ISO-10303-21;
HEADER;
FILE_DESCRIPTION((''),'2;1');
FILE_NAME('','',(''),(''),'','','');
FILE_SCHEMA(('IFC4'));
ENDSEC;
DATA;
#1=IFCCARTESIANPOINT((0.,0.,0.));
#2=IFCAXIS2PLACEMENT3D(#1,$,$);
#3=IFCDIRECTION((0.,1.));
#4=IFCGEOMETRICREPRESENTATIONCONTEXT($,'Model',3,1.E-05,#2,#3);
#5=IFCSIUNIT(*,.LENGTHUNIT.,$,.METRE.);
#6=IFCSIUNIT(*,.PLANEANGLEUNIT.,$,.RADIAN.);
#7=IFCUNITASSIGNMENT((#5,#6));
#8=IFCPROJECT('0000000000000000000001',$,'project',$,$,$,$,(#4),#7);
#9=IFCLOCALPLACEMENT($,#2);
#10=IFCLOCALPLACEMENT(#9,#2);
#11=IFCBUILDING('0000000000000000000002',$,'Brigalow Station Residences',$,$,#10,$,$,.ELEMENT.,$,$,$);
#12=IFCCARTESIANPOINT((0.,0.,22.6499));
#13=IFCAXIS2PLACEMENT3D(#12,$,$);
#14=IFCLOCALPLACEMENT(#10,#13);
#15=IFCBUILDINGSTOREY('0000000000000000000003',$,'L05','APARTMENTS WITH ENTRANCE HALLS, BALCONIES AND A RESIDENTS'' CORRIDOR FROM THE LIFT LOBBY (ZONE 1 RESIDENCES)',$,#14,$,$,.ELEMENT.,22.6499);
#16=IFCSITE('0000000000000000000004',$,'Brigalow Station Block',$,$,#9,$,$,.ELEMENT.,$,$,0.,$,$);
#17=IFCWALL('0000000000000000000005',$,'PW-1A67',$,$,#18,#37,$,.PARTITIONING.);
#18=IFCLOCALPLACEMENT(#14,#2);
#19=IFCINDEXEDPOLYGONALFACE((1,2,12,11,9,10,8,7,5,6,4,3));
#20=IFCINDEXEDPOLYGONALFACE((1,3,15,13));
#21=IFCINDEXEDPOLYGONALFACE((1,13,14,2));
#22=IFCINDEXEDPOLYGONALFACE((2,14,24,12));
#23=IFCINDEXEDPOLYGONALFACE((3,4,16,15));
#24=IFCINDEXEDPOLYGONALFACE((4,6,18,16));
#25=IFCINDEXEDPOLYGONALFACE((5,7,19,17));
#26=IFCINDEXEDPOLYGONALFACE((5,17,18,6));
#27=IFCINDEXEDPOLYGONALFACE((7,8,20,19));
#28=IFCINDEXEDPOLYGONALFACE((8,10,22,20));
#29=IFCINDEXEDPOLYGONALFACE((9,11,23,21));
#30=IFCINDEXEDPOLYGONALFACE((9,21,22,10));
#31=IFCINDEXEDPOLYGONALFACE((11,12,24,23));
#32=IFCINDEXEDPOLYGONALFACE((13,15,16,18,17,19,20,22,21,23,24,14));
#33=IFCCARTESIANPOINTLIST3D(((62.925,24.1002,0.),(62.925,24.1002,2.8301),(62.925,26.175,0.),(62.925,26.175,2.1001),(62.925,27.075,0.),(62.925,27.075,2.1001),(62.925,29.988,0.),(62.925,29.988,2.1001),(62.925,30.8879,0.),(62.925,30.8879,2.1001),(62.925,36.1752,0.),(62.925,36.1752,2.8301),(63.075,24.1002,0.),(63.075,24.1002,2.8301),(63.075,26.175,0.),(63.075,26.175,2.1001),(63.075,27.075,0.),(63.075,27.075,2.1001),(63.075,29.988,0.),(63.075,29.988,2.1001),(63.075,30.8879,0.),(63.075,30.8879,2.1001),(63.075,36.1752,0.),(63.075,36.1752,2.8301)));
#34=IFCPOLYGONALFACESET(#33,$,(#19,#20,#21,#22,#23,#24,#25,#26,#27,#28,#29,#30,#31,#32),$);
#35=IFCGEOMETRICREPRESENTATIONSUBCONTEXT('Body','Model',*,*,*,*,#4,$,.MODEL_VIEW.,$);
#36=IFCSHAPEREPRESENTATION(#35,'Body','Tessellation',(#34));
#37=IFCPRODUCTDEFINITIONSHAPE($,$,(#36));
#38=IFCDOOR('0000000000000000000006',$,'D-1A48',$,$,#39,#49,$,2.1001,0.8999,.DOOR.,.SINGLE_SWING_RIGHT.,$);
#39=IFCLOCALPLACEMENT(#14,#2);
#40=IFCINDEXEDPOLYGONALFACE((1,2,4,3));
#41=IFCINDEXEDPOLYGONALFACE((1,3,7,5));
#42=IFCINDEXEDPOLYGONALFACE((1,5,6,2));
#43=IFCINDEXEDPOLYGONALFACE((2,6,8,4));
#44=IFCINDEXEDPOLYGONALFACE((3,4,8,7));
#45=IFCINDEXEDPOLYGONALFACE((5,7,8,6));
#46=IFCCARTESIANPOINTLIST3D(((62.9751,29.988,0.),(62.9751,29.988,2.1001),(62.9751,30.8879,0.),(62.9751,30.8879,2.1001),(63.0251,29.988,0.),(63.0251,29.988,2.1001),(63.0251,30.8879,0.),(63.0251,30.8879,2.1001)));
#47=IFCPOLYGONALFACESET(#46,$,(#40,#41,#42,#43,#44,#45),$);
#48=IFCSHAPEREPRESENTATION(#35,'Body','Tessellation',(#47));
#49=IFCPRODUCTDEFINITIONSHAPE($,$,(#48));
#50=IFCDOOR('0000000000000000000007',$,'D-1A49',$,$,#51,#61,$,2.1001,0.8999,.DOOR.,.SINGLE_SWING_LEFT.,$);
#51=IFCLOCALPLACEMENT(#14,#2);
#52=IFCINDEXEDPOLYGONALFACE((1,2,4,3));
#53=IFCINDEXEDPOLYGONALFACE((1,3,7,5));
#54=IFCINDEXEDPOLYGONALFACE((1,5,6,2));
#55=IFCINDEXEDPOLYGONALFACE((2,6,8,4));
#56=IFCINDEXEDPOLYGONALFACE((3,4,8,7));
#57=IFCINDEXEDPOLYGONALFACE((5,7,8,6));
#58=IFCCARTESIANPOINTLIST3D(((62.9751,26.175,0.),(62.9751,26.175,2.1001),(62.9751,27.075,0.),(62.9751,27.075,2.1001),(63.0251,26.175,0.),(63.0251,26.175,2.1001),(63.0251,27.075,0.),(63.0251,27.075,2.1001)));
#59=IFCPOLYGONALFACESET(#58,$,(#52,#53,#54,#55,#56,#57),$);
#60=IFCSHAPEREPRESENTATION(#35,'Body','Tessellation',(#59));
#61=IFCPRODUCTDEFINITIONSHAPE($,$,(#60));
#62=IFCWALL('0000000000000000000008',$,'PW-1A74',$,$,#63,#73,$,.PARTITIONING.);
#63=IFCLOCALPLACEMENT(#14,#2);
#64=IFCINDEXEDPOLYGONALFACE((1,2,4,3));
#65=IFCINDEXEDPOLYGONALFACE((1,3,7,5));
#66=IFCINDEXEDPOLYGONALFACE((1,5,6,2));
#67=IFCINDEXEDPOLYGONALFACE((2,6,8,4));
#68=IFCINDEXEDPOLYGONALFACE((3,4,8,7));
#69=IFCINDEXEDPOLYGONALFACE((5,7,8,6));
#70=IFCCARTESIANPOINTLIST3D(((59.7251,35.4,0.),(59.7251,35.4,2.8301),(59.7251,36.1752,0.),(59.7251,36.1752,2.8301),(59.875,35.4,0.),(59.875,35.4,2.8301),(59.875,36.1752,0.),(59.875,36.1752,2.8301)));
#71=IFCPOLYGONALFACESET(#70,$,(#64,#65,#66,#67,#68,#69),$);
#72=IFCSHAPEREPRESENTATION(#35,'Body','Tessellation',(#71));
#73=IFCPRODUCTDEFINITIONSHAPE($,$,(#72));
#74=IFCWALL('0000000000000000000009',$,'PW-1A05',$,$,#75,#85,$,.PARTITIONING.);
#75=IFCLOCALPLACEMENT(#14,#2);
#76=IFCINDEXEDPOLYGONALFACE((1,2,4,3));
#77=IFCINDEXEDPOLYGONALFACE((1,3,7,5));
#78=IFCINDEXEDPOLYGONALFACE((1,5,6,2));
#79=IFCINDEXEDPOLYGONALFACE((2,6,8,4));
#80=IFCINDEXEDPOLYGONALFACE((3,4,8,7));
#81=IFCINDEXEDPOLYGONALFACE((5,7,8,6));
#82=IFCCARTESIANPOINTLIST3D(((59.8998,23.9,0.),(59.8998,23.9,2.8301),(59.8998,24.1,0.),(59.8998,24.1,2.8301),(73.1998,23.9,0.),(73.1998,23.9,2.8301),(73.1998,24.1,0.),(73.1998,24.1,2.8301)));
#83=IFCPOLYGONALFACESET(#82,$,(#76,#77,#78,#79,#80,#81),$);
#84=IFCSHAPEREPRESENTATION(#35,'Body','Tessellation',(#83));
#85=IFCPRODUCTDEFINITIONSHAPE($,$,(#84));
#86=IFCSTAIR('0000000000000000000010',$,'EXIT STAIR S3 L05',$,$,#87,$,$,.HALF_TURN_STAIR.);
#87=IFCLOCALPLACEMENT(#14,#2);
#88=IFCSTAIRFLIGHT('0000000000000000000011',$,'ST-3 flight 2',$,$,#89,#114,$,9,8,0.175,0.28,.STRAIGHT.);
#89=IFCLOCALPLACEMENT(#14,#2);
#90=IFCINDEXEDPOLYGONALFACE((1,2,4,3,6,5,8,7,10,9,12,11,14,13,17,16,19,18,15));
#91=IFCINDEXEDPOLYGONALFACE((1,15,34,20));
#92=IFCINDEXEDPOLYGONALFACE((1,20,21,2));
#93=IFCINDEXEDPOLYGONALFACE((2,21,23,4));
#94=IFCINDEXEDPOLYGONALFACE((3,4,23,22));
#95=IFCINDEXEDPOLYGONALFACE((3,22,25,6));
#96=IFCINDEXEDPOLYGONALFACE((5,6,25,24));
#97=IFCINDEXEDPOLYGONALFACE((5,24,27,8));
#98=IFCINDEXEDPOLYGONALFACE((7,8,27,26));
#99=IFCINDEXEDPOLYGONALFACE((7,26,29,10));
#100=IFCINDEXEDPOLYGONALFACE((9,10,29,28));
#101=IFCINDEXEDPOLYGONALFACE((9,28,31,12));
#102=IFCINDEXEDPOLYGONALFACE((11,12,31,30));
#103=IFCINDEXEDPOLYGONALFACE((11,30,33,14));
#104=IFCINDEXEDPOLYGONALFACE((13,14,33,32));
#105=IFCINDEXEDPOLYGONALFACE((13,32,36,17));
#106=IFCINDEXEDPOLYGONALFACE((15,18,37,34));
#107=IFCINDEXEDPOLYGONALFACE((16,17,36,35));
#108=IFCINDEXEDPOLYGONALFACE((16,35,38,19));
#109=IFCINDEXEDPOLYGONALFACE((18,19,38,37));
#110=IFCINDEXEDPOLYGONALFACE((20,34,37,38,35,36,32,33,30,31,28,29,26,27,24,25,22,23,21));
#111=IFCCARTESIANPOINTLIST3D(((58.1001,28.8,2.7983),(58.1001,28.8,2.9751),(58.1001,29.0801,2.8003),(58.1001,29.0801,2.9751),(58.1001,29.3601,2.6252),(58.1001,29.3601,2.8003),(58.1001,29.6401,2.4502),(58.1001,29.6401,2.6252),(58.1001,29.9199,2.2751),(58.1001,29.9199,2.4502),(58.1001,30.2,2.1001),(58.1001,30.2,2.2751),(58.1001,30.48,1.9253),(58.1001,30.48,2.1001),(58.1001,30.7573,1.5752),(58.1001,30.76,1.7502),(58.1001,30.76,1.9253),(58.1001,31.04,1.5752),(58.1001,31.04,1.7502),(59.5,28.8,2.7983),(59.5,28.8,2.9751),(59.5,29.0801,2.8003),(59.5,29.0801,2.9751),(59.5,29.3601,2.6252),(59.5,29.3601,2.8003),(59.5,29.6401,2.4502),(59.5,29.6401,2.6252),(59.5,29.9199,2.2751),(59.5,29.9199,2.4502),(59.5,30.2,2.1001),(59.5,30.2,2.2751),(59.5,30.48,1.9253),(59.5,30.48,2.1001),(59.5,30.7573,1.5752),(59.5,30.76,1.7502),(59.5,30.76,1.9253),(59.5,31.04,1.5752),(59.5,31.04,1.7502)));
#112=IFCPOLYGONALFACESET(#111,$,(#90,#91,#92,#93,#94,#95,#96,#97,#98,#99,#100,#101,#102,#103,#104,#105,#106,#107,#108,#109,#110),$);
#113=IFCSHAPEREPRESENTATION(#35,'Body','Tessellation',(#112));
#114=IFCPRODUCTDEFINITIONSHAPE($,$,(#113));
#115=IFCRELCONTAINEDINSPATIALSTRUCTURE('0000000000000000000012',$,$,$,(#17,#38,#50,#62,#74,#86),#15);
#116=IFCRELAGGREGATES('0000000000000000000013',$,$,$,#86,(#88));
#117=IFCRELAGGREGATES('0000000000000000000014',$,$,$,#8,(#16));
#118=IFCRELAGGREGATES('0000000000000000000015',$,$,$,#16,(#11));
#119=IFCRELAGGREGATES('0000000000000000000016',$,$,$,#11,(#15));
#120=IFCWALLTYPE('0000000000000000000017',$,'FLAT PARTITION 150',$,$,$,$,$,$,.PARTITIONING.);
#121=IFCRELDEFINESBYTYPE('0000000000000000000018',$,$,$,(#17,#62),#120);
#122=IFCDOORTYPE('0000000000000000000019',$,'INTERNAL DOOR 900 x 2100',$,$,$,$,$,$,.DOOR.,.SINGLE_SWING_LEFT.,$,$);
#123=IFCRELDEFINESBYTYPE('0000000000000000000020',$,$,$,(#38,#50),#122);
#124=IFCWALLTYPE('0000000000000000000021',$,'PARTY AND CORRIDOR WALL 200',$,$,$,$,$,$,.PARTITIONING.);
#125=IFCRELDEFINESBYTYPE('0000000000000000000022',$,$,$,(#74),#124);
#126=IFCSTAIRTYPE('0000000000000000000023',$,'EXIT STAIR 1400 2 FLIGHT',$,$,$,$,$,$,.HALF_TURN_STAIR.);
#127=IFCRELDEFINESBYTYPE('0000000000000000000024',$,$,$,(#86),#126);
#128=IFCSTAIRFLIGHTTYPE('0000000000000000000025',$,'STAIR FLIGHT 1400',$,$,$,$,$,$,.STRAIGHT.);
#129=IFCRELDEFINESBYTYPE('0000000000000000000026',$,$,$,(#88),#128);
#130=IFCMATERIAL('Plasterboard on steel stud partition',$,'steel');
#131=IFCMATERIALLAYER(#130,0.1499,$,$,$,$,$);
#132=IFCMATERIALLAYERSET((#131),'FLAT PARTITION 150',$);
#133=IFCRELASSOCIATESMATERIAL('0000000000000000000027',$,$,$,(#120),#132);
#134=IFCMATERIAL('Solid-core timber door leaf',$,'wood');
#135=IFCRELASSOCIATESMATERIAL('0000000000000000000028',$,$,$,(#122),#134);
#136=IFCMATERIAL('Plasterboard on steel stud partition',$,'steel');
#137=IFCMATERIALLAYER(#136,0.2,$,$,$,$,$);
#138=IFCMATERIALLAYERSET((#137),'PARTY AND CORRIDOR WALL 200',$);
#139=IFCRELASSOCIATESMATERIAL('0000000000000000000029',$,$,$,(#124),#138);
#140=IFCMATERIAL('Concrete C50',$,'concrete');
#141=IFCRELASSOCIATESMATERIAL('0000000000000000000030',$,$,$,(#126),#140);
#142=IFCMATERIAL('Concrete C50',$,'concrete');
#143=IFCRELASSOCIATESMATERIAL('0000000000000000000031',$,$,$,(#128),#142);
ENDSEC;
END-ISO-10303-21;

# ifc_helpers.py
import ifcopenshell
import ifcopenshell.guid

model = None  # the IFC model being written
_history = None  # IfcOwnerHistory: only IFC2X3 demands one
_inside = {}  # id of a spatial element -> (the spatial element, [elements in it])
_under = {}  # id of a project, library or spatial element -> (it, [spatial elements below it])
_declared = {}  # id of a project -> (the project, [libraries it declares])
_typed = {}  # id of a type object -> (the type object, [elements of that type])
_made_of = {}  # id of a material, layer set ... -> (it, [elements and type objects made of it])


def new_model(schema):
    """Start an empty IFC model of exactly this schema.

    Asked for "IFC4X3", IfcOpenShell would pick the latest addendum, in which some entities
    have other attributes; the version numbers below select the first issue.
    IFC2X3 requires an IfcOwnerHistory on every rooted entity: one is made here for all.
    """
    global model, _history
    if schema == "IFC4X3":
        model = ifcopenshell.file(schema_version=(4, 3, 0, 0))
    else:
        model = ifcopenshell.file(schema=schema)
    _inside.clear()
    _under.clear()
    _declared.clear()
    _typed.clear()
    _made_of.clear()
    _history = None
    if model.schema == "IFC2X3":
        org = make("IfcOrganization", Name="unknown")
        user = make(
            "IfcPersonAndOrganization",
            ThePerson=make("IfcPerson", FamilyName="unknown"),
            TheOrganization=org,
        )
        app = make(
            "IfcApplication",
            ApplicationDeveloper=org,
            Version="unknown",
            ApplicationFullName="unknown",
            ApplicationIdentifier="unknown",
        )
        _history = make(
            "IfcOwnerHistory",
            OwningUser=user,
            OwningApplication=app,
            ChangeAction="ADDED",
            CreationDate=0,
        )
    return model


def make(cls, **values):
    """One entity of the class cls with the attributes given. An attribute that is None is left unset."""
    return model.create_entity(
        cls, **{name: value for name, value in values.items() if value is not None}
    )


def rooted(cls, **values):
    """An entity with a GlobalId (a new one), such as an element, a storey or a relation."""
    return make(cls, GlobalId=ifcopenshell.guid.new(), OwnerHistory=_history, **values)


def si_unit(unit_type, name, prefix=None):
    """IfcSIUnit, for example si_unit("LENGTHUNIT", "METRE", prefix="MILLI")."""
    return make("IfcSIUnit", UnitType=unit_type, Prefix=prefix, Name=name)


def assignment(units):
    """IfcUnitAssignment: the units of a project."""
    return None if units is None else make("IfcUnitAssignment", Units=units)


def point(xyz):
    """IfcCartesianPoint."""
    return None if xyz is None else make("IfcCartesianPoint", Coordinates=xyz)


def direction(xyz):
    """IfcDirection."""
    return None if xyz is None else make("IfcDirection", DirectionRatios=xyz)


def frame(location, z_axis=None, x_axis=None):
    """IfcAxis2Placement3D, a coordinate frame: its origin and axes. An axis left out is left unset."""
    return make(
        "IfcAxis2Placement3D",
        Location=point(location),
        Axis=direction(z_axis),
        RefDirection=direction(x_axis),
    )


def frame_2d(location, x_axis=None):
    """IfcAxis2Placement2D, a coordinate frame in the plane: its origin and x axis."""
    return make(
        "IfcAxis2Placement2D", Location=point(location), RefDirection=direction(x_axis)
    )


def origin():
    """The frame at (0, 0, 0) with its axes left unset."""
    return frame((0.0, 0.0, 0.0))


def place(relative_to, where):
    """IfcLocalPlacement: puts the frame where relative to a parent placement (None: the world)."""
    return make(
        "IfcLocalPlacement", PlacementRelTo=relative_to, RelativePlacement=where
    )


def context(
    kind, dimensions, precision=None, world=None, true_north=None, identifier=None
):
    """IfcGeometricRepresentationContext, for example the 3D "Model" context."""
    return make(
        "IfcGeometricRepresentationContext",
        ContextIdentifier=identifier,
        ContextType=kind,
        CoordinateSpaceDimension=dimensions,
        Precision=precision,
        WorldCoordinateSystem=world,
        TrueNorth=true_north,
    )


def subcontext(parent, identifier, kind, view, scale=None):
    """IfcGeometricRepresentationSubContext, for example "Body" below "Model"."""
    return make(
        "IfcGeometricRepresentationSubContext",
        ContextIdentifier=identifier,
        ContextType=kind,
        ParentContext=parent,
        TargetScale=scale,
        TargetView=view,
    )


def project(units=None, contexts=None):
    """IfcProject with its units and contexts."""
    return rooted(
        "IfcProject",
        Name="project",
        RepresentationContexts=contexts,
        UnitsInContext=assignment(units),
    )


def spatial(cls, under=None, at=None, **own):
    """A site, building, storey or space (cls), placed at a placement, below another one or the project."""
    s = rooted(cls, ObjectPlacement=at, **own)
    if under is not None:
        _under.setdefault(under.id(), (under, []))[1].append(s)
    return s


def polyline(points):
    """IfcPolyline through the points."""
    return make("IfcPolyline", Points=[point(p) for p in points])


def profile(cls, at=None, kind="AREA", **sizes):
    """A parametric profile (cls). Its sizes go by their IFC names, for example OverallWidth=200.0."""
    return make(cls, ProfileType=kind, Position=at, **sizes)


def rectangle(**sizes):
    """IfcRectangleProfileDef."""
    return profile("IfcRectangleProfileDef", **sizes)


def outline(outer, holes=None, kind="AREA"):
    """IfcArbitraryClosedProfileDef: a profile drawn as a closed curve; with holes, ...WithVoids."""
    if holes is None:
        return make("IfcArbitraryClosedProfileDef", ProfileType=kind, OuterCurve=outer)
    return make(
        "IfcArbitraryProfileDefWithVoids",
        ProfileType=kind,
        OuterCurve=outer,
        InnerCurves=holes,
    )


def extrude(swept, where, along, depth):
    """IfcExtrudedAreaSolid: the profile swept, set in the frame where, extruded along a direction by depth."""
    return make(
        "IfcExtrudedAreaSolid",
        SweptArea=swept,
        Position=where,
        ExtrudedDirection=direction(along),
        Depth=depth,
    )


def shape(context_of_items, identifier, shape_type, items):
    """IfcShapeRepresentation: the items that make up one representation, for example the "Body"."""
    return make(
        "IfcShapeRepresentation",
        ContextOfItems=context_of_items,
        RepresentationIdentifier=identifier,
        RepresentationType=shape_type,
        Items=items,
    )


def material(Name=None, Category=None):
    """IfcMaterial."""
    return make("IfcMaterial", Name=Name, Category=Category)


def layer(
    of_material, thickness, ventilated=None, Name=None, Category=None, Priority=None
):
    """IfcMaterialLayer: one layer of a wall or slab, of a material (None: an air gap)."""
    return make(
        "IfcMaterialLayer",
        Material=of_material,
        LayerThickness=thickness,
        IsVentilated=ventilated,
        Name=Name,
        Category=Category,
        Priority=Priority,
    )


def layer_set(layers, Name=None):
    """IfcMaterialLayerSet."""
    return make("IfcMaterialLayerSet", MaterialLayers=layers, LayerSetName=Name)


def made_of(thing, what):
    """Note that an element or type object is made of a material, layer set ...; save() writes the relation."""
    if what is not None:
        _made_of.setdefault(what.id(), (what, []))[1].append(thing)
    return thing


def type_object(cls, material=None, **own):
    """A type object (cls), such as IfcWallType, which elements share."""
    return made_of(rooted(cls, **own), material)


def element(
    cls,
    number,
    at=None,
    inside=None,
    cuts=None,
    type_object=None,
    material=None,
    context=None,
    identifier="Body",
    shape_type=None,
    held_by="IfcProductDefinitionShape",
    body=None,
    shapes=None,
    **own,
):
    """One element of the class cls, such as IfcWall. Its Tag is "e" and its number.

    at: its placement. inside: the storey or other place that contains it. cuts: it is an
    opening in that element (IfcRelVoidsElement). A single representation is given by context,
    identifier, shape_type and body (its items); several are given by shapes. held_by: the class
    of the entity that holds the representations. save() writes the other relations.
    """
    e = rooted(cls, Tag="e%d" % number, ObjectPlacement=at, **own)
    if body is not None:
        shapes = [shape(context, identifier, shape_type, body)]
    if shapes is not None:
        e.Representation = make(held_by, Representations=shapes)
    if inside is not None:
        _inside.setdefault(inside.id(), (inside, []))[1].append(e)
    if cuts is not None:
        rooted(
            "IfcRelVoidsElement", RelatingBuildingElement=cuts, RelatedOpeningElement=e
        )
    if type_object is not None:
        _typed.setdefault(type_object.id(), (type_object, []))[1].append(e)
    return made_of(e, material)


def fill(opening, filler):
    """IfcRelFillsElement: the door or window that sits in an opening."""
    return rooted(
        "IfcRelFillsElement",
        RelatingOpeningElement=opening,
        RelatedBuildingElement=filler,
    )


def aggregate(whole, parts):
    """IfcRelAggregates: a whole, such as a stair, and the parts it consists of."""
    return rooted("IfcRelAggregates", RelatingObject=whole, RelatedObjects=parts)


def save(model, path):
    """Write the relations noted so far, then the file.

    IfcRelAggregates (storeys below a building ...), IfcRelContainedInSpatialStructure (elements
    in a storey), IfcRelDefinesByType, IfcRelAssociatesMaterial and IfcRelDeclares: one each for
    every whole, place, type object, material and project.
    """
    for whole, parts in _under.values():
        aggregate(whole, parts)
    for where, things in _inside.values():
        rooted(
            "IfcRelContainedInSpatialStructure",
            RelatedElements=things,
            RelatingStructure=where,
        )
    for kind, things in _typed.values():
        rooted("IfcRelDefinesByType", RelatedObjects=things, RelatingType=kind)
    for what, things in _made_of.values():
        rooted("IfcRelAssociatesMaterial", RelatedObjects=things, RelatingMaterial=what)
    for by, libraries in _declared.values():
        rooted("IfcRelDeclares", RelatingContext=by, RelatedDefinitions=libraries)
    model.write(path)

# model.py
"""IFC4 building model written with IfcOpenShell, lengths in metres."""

from ifc_helpers import new_model, si_unit, direction, frame, frame_2d, origin, place, context, subcontext, project, spatial, polyline, rectangle, outline, extrude, material, layer, layer_set, type_object, element, fill, aggregate, save


model = new_model("IFC4")

# Units and contexts
model_context = context("Model", 3, precision=1e-05, world=origin(), true_north=direction((0.0, 1.0)))
body_context = subcontext(model_context, "Body", "Model", "MODEL_VIEW")
ifc_project = project(units=[si_unit("LENGTHUNIT", "METRE"), si_unit("PLANEANGLEUNIT", "RADIAN")], contexts=[model_context])

# Site, building, storey
site_placement = place(None, origin())
site = spatial("IfcSite", under=ifc_project, at=site_placement, Name="Brigalow Station Block", CompositionType="ELEMENT", RefElevation=0.0)
building_placement = place(site_placement, origin())
building = spatial("IfcBuilding", under=site, at=building_placement, Name="Brigalow Station Residences", CompositionType="ELEMENT")
storey_placement = place(building_placement, frame((0.0, 0.0, 22.6499)))
storey = spatial("IfcBuildingStorey", under=building, at=storey_placement, Name="L05", Description="APARTMENTS WITH ENTRANCE HALLS, BALCONIES AND A RESIDENTS' CORRIDOR FROM THE LIFT LOBBY (ZONE 1 RESIDENCES)", CompositionType="ELEMENT", Elevation=22.6499)

# Shared definitions
ifc_material_1 = material(Name="Plasterboard on steel stud partition", Category="steel")
ifc_layer_1 = layer(ifc_material_1, 0.1499)
ifc_layer_set_1 = layer_set([ifc_layer_1], Name="FLAT PARTITION 150")
wall_type_1 = type_object("IfcWallType", Name="FLAT PARTITION 150", PredefinedType="PARTITIONING", material=ifc_layer_set_1)

# Shared definitions
ifc_material_2 = material(Name="Solid-core timber door leaf", Category="wood")
door_type_1 = type_object("IfcDoorType", Name="INTERNAL DOOR 900 x 2100", OperationType="SINGLE_SWING_LEFT", PredefinedType="DOOR", material=ifc_material_2)

# Wall, openings, doors
wall_1_placement = place(storey_placement, frame((63.0, 24.1001, 0.0), z_axis=(0.0, 0.0, 1.0), x_axis=(0.0, 1.0, 0.0)))
wall_1 = element("IfcWall", 1, at=wall_1_placement, inside=storey, type_object=wall_type_1, Name="PW-1A67", PredefinedType="PARTITIONING", context=body_context, shape_type="SweptSolid", body=[
    extrude(rectangle(XDim=12.075, YDim=0.1499, at=frame_2d((6.0376, 0.0))), origin(), (0.0, 0.0, 1.0), 2.8301),
])
opening_1_placement = place(wall_1_placement, frame((5.8879, 0.0, 0.0)))
opening_1 = element("IfcOpeningElement", 2, at=opening_1_placement, cuts=wall_1, PredefinedType="OPENING", context=body_context, shape_type="SweptSolid", body=[
    extrude(rectangle(XDim=0.8999, YDim=2.1001, at=frame_2d((0.45, 1.05))), frame((0.0, 0.085, 0.0), z_axis=(0.0, -1.0, 0.0), x_axis=(1.0, 0.0, 0.0)), (0.0, 0.0, 1.0), 0.1699),
])
opening_2_placement = place(wall_1_placement, frame((2.075, 0.0, 0.0)))
opening_2 = element("IfcOpeningElement", 3, at=opening_2_placement, cuts=wall_1, PredefinedType="OPENING", context=body_context, shape_type="SweptSolid", body=[
    extrude(rectangle(XDim=0.8999, YDim=2.1001, at=frame_2d((0.45, 1.05))), frame((0.0, 0.085, 0.0), z_axis=(0.0, -1.0, 0.0), x_axis=(1.0, 0.0, 0.0)), (0.0, 0.0, 1.0), 0.1699),
])
door_1_placement = place(opening_1_placement, origin())
door_1 = element("IfcDoor", 4, at=door_1_placement, inside=storey, type_object=door_type_1, Name="D-1A48", OperationType="SINGLE_SWING_RIGHT", OverallHeight=2.1001, OverallWidth=0.8999, PredefinedType="DOOR", context=body_context, shape_type="SweptSolid", body=[
    extrude(rectangle(XDim=0.8999, YDim=2.1001, at=frame_2d((0.45, 1.05))), frame((0.0, 0.0249, 0.0), z_axis=(0.0, -1.0, 0.0), x_axis=(1.0, 0.0, 0.0)), (0.0, 0.0, 1.0), 0.05),
])
fill(opening_1, door_1)
door_2_placement = place(opening_2_placement, origin())
door_2 = element("IfcDoor", 5, at=door_2_placement, inside=storey, type_object=door_type_1, Name="D-1A49", OperationType="SINGLE_SWING_LEFT", OverallHeight=2.1001, OverallWidth=0.8999, PredefinedType="DOOR", context=body_context, shape_type="SweptSolid", body=[
    extrude(rectangle(XDim=0.8999, YDim=2.1001, at=frame_2d((0.45, 1.05))), frame((0.0, 0.0249, 0.0), z_axis=(0.0, -1.0, 0.0), x_axis=(1.0, 0.0, 0.0)), (0.0, 0.0, 1.0), 0.05),
])
fill(opening_2, door_2)

# Walls
wall_2_placement = place(storey_placement, frame((59.8, 35.3999, 0.0), z_axis=(0.0, 0.0, 1.0), x_axis=(0.0, 1.0, 0.0)))
element("IfcWall", 6, at=wall_2_placement, inside=storey, type_object=wall_type_1, Name="PW-1A74", PredefinedType="PARTITIONING", context=body_context, shape_type="SweptSolid", body=[
    extrude(rectangle(XDim=0.7751, YDim=0.1499, at=frame_2d((0.3877, 0.0))), origin(), (0.0, 0.0, 1.0), 2.8301),
])
ifc_material_3 = material(Name="Plasterboard on steel stud partition", Category="steel")
ifc_layer_2 = layer(ifc_material_3, 0.2)
ifc_layer_set_2 = layer_set([ifc_layer_2], Name="PARTY AND CORRIDOR WALL 200")
wall_type_2 = type_object("IfcWallType", Name="PARTY AND CORRIDOR WALL 200", PredefinedType="PARTITIONING", material=ifc_layer_set_2)
wall_3_placement = place(storey_placement, frame((59.8999, 24.0, 0.0), z_axis=(0.0, 0.0, 1.0), x_axis=(1.0, 0.0, 0.0)))
element("IfcWall", 7, at=wall_3_placement, inside=storey, type_object=wall_type_2, Name="PW-1A05", PredefinedType="PARTITIONING", context=body_context, shape_type="SweptSolid", body=[
    extrude(rectangle(XDim=13.3, YDim=0.2, at=frame_2d((6.6499, 0.0))), origin(), (0.0, 0.0, 1.0), 2.8301),
])

# Stair, stair flight
ifc_material_4 = material(Name="Concrete C50", Category="concrete")
stair_type = type_object("IfcStairType", Name="EXIT STAIR 1400 2 FLIGHT", PredefinedType="HALF_TURN_STAIR", material=ifc_material_4)
stair_placement = place(storey_placement, origin())
stair = element("IfcStair", 8, at=stair_placement, inside=storey, type_object=stair_type, Name="EXIT STAIR S3 L05", PredefinedType="HALF_TURN_STAIR")
ifc_material_5 = material(Name="Concrete C50", Category="concrete")
stair_flight_type = type_object("IfcStairFlightType", Name="STAIR FLIGHT 1400", PredefinedType="STRAIGHT", material=ifc_material_5)
stair_flight_placement = place(storey_placement, frame((58.8, 31.04, 1.5752), z_axis=(0.0, 0.0, 1.0), x_axis=(0.0, -1.0, 0.0)))
stair_flight = element("IfcStairFlight", 9, at=stair_flight_placement, type_object=stair_flight_type, Name="ST-3 flight 2", NumberOfRisers=9, NumberOfTreads=8, PredefinedType="STRAIGHT", RiserHeight=0.175, TreadLength=0.28, context=body_context, shape_type="SweptSolid", body=[
    extrude(outline(polyline([(0.0, 0.0), (0.0, 0.175), (0.28, 0.175), (0.28, 0.3501), (0.5601, 0.3501), (0.5601, 0.5249), (0.8401, 0.5249), (0.8401, 0.7), (1.1201, 0.7), (1.1201, 0.875), (1.3999, 0.875), (1.3999, 1.05), (1.6799, 1.05), (1.6799, 1.2251), (1.96, 1.2251), (1.96, 1.3999), (2.24, 1.3999), (2.24, 1.575), (2.24, 1.2231), (0.2827, 0.0), (0.0, 0.0)])), frame((0.0, 0.7, 0.0), z_axis=(0.0, -1.0, 0.0), x_axis=(1.0, 0.0, 0.0)), (0.0, 0.0, 1.0), 1.3999),
])
aggregate(stair, [stair_flight])

save(model, "model.ifc")
